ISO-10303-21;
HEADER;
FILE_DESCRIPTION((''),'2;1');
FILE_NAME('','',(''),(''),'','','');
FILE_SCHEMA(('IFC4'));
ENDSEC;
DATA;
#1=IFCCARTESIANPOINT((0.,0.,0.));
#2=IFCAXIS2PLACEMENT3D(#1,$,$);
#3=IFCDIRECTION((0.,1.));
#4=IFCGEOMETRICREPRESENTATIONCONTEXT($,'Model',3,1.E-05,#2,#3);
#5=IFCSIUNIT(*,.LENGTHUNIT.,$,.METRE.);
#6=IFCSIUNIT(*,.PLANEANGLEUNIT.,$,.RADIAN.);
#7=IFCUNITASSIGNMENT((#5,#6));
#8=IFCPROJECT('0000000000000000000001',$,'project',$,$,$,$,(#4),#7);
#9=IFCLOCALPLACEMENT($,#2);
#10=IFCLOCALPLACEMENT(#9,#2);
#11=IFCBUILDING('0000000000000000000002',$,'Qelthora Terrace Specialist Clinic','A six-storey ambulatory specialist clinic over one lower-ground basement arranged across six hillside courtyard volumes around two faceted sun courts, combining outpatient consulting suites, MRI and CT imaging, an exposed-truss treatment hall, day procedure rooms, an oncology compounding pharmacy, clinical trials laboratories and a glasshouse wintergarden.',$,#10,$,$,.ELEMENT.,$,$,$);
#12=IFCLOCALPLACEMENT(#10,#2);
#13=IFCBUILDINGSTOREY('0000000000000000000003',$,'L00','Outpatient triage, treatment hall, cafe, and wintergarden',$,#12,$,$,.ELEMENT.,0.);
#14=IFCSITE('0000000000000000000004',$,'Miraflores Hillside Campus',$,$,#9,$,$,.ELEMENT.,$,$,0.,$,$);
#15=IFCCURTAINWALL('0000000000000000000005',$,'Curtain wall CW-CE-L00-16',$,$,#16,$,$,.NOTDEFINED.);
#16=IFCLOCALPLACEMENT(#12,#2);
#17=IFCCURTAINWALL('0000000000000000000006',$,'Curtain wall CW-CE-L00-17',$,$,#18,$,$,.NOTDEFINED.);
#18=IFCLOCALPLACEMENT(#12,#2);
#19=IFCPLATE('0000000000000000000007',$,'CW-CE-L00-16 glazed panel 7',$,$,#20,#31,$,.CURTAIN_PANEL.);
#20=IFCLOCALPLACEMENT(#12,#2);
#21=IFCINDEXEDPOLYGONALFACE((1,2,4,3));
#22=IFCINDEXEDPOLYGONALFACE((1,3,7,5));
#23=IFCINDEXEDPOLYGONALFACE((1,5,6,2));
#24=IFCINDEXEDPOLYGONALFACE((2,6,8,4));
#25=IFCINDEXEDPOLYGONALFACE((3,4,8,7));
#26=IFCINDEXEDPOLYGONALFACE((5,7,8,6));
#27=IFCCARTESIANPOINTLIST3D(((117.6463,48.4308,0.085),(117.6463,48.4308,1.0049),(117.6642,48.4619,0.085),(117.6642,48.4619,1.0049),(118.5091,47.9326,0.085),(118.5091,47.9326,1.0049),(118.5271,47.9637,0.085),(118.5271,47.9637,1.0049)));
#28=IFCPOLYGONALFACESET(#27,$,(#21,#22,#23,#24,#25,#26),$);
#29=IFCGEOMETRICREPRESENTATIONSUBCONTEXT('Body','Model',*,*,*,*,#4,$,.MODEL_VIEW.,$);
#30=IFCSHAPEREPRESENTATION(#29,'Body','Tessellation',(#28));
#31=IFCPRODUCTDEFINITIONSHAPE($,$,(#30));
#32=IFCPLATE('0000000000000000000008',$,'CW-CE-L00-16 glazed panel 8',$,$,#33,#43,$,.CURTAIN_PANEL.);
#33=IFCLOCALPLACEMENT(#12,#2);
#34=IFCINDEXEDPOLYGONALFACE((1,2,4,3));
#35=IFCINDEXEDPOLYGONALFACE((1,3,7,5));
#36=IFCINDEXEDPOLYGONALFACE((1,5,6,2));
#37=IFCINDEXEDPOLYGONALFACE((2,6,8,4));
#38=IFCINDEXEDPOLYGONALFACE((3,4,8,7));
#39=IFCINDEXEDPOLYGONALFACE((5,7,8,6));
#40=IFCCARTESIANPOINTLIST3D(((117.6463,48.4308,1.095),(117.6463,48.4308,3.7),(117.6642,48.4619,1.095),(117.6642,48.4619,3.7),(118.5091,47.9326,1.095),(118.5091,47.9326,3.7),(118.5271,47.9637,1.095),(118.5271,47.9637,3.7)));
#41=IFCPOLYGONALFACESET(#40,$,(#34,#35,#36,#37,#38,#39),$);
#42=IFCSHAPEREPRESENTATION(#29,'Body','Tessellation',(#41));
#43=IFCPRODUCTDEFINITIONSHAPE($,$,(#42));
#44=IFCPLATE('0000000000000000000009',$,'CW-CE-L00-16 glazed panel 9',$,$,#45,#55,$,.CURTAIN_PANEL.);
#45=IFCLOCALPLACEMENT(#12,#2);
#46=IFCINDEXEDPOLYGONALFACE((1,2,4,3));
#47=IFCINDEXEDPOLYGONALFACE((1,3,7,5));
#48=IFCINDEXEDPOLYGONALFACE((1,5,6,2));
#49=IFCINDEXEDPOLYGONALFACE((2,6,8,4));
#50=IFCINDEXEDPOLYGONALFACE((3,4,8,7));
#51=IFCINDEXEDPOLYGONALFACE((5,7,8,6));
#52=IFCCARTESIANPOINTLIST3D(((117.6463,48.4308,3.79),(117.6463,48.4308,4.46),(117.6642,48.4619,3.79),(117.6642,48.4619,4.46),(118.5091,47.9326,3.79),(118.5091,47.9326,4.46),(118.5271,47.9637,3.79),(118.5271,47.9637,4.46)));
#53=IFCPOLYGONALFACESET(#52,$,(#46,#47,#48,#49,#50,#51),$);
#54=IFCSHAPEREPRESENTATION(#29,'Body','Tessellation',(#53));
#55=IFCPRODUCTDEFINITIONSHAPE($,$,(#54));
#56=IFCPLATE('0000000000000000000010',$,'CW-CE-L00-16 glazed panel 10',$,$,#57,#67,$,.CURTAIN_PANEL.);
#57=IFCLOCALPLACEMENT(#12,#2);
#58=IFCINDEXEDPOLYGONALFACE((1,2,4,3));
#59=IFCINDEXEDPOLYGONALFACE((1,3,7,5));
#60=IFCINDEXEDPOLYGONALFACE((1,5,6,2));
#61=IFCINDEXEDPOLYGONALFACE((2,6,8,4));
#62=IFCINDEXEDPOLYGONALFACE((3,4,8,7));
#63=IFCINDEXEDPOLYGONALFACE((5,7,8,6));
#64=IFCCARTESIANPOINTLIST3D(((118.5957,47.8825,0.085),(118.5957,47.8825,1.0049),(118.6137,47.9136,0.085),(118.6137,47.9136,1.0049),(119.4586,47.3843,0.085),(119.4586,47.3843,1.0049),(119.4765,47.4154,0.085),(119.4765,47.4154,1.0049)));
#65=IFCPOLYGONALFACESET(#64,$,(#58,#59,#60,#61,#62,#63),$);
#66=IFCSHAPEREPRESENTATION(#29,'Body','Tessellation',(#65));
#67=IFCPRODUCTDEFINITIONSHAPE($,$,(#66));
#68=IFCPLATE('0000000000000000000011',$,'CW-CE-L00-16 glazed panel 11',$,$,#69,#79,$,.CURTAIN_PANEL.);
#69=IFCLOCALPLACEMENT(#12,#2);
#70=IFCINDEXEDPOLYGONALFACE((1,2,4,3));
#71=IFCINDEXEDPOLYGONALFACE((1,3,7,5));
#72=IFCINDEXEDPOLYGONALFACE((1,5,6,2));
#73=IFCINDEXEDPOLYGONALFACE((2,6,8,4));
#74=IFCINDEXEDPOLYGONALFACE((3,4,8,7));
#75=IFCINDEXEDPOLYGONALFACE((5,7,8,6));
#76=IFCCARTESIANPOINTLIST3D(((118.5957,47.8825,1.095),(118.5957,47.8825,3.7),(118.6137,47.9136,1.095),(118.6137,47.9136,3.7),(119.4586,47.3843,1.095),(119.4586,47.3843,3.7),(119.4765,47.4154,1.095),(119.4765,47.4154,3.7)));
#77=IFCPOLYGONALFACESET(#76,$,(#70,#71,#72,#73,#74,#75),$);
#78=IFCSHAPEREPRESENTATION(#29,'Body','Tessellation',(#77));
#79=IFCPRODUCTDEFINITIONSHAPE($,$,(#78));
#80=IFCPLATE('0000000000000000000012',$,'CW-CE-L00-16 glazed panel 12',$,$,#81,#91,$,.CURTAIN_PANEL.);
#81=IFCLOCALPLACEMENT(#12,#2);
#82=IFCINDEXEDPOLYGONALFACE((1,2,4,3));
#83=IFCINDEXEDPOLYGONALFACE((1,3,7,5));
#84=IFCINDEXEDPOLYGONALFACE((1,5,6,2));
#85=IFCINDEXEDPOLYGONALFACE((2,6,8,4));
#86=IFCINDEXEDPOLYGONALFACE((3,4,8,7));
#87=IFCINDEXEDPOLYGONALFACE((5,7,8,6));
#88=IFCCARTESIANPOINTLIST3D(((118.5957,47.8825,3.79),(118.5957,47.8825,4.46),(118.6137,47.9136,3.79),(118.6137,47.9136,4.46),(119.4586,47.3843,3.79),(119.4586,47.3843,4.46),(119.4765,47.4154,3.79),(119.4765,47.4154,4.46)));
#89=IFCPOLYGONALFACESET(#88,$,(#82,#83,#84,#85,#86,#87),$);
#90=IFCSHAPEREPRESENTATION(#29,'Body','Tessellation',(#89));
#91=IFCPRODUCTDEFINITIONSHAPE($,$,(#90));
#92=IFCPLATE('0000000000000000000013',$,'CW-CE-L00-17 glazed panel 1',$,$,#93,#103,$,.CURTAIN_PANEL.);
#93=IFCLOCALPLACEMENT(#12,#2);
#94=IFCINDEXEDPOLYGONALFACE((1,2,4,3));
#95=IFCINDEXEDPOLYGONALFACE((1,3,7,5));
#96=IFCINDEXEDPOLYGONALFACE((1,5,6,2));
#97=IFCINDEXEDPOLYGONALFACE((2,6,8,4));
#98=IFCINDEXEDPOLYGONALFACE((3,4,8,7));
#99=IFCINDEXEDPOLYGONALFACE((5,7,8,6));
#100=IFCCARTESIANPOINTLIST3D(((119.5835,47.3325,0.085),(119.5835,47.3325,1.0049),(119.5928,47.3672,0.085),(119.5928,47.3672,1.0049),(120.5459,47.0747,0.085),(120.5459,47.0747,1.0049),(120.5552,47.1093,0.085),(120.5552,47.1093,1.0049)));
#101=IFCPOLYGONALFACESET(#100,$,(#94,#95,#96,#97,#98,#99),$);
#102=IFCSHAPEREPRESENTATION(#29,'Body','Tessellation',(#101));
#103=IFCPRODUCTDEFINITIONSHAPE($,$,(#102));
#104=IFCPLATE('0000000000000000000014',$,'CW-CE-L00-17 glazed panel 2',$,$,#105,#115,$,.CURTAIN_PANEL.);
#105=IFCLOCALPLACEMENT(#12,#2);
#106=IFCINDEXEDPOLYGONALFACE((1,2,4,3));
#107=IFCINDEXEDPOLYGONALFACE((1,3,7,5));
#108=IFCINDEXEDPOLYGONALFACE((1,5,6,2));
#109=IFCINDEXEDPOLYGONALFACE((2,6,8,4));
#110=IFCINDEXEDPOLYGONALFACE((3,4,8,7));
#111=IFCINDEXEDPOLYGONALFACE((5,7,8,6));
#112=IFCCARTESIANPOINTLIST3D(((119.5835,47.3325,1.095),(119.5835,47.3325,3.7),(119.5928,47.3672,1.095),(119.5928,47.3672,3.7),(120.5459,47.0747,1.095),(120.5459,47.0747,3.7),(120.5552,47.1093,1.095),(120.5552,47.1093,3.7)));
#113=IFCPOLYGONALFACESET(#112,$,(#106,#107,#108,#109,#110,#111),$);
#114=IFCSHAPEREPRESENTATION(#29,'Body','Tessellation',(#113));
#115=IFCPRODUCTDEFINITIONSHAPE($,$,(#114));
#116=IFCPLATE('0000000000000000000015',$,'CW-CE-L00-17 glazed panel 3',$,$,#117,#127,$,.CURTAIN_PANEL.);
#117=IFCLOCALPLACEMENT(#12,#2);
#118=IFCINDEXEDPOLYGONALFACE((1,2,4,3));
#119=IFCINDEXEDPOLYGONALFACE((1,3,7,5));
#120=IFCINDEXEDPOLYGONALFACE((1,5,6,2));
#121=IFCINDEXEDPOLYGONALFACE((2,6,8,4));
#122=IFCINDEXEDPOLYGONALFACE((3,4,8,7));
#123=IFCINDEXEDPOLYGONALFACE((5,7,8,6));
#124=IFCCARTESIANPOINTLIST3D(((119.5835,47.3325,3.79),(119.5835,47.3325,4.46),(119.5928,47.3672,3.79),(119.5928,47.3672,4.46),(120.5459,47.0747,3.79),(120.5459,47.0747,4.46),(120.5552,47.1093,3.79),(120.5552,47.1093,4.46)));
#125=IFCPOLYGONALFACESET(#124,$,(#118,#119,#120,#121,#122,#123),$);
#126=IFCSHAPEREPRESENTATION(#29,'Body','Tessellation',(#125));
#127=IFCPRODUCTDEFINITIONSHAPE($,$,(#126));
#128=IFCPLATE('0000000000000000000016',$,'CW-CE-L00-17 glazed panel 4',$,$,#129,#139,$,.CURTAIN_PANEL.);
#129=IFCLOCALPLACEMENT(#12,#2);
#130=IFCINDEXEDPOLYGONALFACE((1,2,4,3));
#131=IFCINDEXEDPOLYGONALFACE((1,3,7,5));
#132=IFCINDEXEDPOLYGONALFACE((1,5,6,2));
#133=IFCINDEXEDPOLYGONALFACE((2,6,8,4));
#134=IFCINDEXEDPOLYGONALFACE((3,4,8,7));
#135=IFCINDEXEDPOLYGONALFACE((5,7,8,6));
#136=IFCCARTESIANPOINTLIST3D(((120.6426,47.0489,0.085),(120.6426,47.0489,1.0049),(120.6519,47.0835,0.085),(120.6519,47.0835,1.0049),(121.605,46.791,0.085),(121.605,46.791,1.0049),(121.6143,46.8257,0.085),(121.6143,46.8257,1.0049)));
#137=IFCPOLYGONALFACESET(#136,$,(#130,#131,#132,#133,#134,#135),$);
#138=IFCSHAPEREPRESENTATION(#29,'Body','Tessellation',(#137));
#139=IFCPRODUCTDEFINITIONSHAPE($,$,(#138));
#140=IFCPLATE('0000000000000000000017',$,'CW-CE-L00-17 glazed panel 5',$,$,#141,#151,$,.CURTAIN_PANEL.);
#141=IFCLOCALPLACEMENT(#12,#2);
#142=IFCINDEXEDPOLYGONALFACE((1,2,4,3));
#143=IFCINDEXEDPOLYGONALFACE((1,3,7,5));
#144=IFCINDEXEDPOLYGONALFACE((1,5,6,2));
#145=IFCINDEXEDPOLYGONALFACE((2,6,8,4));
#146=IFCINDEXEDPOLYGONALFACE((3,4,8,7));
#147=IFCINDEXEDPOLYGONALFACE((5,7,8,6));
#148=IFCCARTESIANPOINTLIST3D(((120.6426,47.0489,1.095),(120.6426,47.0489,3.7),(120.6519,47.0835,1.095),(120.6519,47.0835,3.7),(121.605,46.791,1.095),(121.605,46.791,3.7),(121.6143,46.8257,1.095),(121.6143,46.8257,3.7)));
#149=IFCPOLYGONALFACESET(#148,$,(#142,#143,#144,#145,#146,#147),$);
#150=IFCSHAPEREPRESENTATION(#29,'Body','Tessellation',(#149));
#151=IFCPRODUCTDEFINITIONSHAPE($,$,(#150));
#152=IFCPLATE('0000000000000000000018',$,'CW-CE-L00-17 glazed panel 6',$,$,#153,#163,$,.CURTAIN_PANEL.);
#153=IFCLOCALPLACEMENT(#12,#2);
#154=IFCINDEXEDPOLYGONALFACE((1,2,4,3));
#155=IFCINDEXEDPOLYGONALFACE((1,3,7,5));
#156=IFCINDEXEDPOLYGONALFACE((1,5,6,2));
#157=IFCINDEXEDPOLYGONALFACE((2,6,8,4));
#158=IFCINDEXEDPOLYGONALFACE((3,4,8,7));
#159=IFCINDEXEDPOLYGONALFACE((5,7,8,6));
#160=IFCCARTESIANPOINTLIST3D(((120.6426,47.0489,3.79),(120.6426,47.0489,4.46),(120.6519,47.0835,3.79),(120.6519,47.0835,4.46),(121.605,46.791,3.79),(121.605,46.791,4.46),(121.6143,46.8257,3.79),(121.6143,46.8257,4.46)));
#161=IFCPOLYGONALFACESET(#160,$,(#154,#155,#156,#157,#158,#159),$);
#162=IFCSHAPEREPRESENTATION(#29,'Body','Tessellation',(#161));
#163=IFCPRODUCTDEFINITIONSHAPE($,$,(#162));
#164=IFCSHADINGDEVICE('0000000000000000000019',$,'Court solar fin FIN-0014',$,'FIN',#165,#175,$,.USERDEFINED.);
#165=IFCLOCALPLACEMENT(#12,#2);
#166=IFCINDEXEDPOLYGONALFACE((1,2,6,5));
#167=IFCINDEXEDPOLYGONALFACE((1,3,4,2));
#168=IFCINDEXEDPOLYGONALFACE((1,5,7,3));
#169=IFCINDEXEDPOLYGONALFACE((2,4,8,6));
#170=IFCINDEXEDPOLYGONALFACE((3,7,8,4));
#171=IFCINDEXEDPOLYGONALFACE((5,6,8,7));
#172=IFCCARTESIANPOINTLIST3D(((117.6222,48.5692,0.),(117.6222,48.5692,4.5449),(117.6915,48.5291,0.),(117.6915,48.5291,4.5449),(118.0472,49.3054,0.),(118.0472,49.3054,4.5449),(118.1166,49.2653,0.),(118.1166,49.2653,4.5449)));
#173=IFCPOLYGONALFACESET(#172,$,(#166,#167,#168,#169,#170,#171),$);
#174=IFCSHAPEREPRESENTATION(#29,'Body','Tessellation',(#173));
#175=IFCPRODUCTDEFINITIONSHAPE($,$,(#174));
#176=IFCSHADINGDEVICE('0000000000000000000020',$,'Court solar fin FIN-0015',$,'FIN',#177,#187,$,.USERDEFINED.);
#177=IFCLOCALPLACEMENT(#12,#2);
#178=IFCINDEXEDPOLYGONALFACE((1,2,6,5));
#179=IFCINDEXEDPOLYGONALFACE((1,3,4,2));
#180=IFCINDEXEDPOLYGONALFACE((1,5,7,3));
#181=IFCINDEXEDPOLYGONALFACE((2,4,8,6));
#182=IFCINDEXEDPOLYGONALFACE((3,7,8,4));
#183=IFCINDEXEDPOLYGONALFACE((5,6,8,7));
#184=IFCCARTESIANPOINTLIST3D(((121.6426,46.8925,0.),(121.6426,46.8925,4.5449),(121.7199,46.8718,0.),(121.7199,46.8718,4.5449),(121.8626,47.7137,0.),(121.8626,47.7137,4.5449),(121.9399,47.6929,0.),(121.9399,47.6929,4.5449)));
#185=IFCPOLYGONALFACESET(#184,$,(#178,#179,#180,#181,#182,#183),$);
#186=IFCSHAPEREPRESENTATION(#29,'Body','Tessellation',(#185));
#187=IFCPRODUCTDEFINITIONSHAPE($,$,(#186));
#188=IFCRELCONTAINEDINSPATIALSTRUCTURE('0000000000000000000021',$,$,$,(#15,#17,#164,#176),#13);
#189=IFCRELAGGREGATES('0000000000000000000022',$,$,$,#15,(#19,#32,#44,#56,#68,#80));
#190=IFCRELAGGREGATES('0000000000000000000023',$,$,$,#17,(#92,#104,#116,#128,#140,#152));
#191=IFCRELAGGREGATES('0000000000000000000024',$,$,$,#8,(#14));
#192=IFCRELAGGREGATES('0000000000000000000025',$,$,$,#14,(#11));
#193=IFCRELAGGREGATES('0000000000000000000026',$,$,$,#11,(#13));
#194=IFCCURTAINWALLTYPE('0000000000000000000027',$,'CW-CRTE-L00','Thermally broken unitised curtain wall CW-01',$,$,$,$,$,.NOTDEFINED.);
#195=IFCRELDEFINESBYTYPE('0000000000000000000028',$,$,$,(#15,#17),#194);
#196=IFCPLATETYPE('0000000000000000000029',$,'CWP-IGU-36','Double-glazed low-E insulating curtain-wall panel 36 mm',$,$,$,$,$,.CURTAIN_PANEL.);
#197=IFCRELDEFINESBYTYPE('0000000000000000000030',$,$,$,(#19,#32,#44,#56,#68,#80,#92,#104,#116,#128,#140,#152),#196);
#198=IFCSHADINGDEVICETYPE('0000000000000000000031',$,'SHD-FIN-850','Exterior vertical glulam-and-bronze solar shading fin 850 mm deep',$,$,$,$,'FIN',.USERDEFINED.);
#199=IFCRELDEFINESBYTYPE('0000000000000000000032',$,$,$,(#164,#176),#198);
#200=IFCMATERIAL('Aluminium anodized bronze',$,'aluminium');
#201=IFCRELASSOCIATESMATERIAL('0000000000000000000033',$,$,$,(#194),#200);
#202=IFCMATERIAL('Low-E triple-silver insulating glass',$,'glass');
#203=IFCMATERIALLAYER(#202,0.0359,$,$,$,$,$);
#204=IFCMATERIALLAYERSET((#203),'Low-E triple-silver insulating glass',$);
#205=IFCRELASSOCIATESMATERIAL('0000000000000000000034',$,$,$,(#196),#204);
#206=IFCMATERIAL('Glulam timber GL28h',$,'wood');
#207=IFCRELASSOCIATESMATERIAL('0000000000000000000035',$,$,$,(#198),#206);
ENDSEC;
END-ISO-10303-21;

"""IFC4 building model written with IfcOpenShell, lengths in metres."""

from ifc_helpers import new_model, si_unit, direction, frame, origin, origin_2d, place, context, subcontext, project, spatial, rectangle, extrude, material, layer, layer_set, type_object, element, aggregate, save


model = new_model("IFC4")

# Units and contexts
model_context = context("Model", 3, precision=1e-05, world=origin(), true_north=direction((0.0, 1.0)))
body_context = subcontext(model_context, "Body", "Model", "MODEL_VIEW")
ifc_project = project(units=[si_unit("LENGTHUNIT", "METRE"), si_unit("PLANEANGLEUNIT", "RADIAN")], contexts=[model_context])

# Site, building, storey
site_placement = place(None, origin())
site = spatial("IfcSite", under=ifc_project, at=site_placement, Name="Miraflores Hillside Campus", CompositionType="ELEMENT", RefElevation=0.0)
building_placement = place(site_placement, origin())
building = spatial("IfcBuilding", under=site, at=building_placement, Name="Qelthora Terrace Specialist Clinic", Description="A six-storey ambulatory specialist clinic over one lower-ground basement arranged across six hillside courtyard volumes around two faceted sun courts, combining outpatient consulting suites, MRI and CT imaging, an exposed-truss treatment hall, day procedure rooms, an oncology compounding pharmacy, clinical trials laboratories and a glasshouse wintergarden.", CompositionType="ELEMENT")
storey_placement = place(building_placement, origin())
storey = spatial("IfcBuildingStorey", under=building, at=storey_placement, Name="L00", Description="Outpatient triage, treatment hall, cafe, and wintergarden", CompositionType="ELEMENT", Elevation=0.0)

# Curtain walls
ifc_material_1 = material(Name="Aluminium anodized bronze", Category="aluminium")
curtain_wall_type = type_object("IfcCurtainWallType", Name="CW-CRTE-L00", Description="Thermally broken unitised curtain wall CW-01", PredefinedType="NOTDEFINED", material=ifc_material_1)
curtain_wall_1_placement = place(storey_placement, origin())
curtain_wall_1 = element("IfcCurtainWall", 1, at=curtain_wall_1_placement, inside=storey, type_object=curtain_wall_type, Name="Curtain wall CW-CE-L00-16", PredefinedType="NOTDEFINED")
curtain_wall_2_placement = place(storey_placement, origin())
curtain_wall_2 = element("IfcCurtainWall", 2, at=curtain_wall_2_placement, inside=storey, type_object=curtain_wall_type, Name="Curtain wall CW-CE-L00-17", PredefinedType="NOTDEFINED")

# Plates
ifc_material_2 = material(Name="Low-E triple-silver insulating glass", Category="glass")
ifc_layer = layer(ifc_material_2, 0.0359)
ifc_layer_set = layer_set([ifc_layer], Name="Low-E triple-silver insulating glass")
plate_type = type_object("IfcPlateType", Name="CWP-IGU-36", Description="Double-glazed low-E insulating curtain-wall panel 36 mm", PredefinedType="CURTAIN_PANEL", material=ifc_layer_set)
plate_1_placement = place(storey_placement, frame((118.0867, 48.1973, 0.085), z_axis=(0.0, 0.0, 1.0), x_axis=(0.866025, -0.5, 0.0)))
plate_1 = element("IfcPlate", 3, at=plate_1_placement, type_object=plate_type, Name="CW-CE-L00-16 glazed panel 7", PredefinedType="CURTAIN_PANEL", context=body_context, shape_type="SweptSolid", body=[
    extrude(rectangle(XDim=0.9963, YDim=0.0359, at=origin_2d()), origin(), (0.0, 0.0, 1.0), 0.9199),
])
plate_2_placement = place(storey_placement, frame((118.0867, 48.1973, 1.095), z_axis=(0.0, 0.0, 1.0), x_axis=(0.866025, -0.5, 0.0)))
plate_2 = element("IfcPlate", 4, at=plate_2_placement, type_object=plate_type, Name="CW-CE-L00-16 glazed panel 8", PredefinedType="CURTAIN_PANEL", context=body_context, shape_type="SweptSolid", body=[
    extrude(rectangle(XDim=0.9963, YDim=0.0359, at=origin_2d()), origin(), (0.0, 0.0, 1.0), 2.605),
])
plate_3_placement = place(storey_placement, frame((118.0867, 48.1973, 3.79), z_axis=(0.0, 0.0, 1.0), x_axis=(0.866025, -0.5, 0.0)))
plate_3 = element("IfcPlate", 5, at=plate_3_placement, type_object=plate_type, Name="CW-CE-L00-16 glazed panel 9", PredefinedType="CURTAIN_PANEL", context=body_context, shape_type="SweptSolid", body=[
    extrude(rectangle(XDim=0.9963, YDim=0.0359, at=origin_2d()), origin(), (0.0, 0.0, 1.0), 0.6699),
])
plate_4_placement = place(storey_placement, frame((119.0361, 47.6489, 0.085), z_axis=(0.0, 0.0, 1.0), x_axis=(0.866025, -0.5, 0.0)))
plate_4 = element("IfcPlate", 6, at=plate_4_placement, type_object=plate_type, Name="CW-CE-L00-16 glazed panel 10", PredefinedType="CURTAIN_PANEL", context=body_context, shape_type="SweptSolid", body=[
    extrude(rectangle(XDim=0.9963, YDim=0.0359, at=origin_2d()), origin(), (0.0, 0.0, 1.0), 0.9199),
])
plate_5_placement = place(storey_placement, frame((119.0361, 47.6489, 1.095), z_axis=(0.0, 0.0, 1.0), x_axis=(0.866025, -0.5, 0.0)))
plate_5 = element("IfcPlate", 7, at=plate_5_placement, type_object=plate_type, Name="CW-CE-L00-16 glazed panel 11", PredefinedType="CURTAIN_PANEL", context=body_context, shape_type="SweptSolid", body=[
    extrude(rectangle(XDim=0.9963, YDim=0.0359, at=origin_2d()), origin(), (0.0, 0.0, 1.0), 2.605),
])
plate_6_placement = place(storey_placement, frame((119.0361, 47.6489, 3.79), z_axis=(0.0, 0.0, 1.0), x_axis=(0.866025, -0.5, 0.0)))
plate_6 = element("IfcPlate", 8, at=plate_6_placement, type_object=plate_type, Name="CW-CE-L00-16 glazed panel 12", PredefinedType="CURTAIN_PANEL", context=body_context, shape_type="SweptSolid", body=[
    extrude(rectangle(XDim=0.9963, YDim=0.0359, at=origin_2d()), origin(), (0.0, 0.0, 1.0), 0.6699),
])
aggregate(curtain_wall_1, [plate_1, plate_2, plate_3, plate_4, plate_5, plate_6])
plate_7_placement = place(storey_placement, frame((120.0693, 47.2209, 0.085), z_axis=(0.0, 0.0, 1.0), x_axis=(0.965926, -0.258819, 0.0)))
plate_7 = element("IfcPlate", 9, at=plate_7_placement, type_object=plate_type, Name="CW-CE-L00-17 glazed panel 1", PredefinedType="CURTAIN_PANEL", context=body_context, shape_type="SweptSolid", body=[
    extrude(rectangle(XDim=0.9963, YDim=0.0359, at=origin_2d()), origin(), (0.0, 0.0, 1.0), 0.9199),
])
plate_8_placement = place(storey_placement, frame((120.0693, 47.2209, 1.095), z_axis=(0.0, 0.0, 1.0), x_axis=(0.965926, -0.258819, 0.0)))
plate_8 = element("IfcPlate", 10, at=plate_8_placement, type_object=plate_type, Name="CW-CE-L00-17 glazed panel 2", PredefinedType="CURTAIN_PANEL", context=body_context, shape_type="SweptSolid", body=[
    extrude(rectangle(XDim=0.9963, YDim=0.0359, at=origin_2d()), origin(), (0.0, 0.0, 1.0), 2.605),
])
plate_9_placement = place(storey_placement, frame((120.0693, 47.2209, 3.79), z_axis=(0.0, 0.0, 1.0), x_axis=(0.965926, -0.258819, 0.0)))
plate_9 = element("IfcPlate", 11, at=plate_9_placement, type_object=plate_type, Name="CW-CE-L00-17 glazed panel 3", PredefinedType="CURTAIN_PANEL", context=body_context, shape_type="SweptSolid", body=[
    extrude(rectangle(XDim=0.9963, YDim=0.0359, at=origin_2d()), origin(), (0.0, 0.0, 1.0), 0.6699),
])
plate_10_placement = place(storey_placement, frame((121.1284, 46.9373, 0.085), z_axis=(0.0, 0.0, 1.0), x_axis=(0.965926, -0.258819, 0.0)))
plate_10 = element("IfcPlate", 12, at=plate_10_placement, type_object=plate_type, Name="CW-CE-L00-17 glazed panel 4", PredefinedType="CURTAIN_PANEL", context=body_context, shape_type="SweptSolid", body=[
    extrude(rectangle(XDim=0.9963, YDim=0.0359, at=origin_2d()), origin(), (0.0, 0.0, 1.0), 0.9199),
])
plate_11_placement = place(storey_placement, frame((121.1284, 46.9373, 1.095), z_axis=(0.0, 0.0, 1.0), x_axis=(0.965926, -0.258819, 0.0)))
plate_11 = element("IfcPlate", 13, at=plate_11_placement, type_object=plate_type, Name="CW-CE-L00-17 glazed panel 5", PredefinedType="CURTAIN_PANEL", context=body_context, shape_type="SweptSolid", body=[
    extrude(rectangle(XDim=0.9963, YDim=0.0359, at=origin_2d()), origin(), (0.0, 0.0, 1.0), 2.605),
])
plate_12_placement = place(storey_placement, frame((121.1284, 46.9373, 3.79), z_axis=(0.0, 0.0, 1.0), x_axis=(0.965926, -0.258819, 0.0)))
plate_12 = element("IfcPlate", 14, at=plate_12_placement, type_object=plate_type, Name="CW-CE-L00-17 glazed panel 6", PredefinedType="CURTAIN_PANEL", context=body_context, shape_type="SweptSolid", body=[
    extrude(rectangle(XDim=0.9963, YDim=0.0359, at=origin_2d()), origin(), (0.0, 0.0, 1.0), 0.6699),
])
aggregate(curtain_wall_2, [plate_7, plate_8, plate_9, plate_10, plate_11, plate_12])

# Shading devices
ifc_material_3 = material(Name="Glulam timber GL28h", Category="wood")
shading_device_type = type_object("IfcShadingDeviceType", Name="SHD-FIN-850", Description="Exterior vertical glulam-and-bronze solar shading fin 850 mm deep", ElementType="FIN", PredefinedType="USERDEFINED", material=ifc_material_3)
for number, where, z_axis, x_axis, name in (
    (15, (117.8694, 48.9172, 0.0), (0.0, 0.0, 1.0), (0.5, 0.866025, 0.0), "Court solar fin FIN-0014"),
    (16, (121.7913, 47.2927, 0.0), (0.0, 0.0, 1.0), (0.258819, 0.965926, 0.0), "Court solar fin FIN-0015"),
):
    element("IfcShadingDevice", number, at=place(storey_placement, frame(where, z_axis=z_axis, x_axis=x_axis)), inside=storey, type_object=shading_device_type, Name=name, ObjectType="FIN", PredefinedType="USERDEFINED", context=body_context, shape_type="SweptSolid", body=[
        extrude(rectangle(XDim=0.8501, YDim=0.0801, at=origin_2d()), origin(), (0.0, 0.0, 1.0), 4.5449),
    ])

save(model, "model.ifc")
